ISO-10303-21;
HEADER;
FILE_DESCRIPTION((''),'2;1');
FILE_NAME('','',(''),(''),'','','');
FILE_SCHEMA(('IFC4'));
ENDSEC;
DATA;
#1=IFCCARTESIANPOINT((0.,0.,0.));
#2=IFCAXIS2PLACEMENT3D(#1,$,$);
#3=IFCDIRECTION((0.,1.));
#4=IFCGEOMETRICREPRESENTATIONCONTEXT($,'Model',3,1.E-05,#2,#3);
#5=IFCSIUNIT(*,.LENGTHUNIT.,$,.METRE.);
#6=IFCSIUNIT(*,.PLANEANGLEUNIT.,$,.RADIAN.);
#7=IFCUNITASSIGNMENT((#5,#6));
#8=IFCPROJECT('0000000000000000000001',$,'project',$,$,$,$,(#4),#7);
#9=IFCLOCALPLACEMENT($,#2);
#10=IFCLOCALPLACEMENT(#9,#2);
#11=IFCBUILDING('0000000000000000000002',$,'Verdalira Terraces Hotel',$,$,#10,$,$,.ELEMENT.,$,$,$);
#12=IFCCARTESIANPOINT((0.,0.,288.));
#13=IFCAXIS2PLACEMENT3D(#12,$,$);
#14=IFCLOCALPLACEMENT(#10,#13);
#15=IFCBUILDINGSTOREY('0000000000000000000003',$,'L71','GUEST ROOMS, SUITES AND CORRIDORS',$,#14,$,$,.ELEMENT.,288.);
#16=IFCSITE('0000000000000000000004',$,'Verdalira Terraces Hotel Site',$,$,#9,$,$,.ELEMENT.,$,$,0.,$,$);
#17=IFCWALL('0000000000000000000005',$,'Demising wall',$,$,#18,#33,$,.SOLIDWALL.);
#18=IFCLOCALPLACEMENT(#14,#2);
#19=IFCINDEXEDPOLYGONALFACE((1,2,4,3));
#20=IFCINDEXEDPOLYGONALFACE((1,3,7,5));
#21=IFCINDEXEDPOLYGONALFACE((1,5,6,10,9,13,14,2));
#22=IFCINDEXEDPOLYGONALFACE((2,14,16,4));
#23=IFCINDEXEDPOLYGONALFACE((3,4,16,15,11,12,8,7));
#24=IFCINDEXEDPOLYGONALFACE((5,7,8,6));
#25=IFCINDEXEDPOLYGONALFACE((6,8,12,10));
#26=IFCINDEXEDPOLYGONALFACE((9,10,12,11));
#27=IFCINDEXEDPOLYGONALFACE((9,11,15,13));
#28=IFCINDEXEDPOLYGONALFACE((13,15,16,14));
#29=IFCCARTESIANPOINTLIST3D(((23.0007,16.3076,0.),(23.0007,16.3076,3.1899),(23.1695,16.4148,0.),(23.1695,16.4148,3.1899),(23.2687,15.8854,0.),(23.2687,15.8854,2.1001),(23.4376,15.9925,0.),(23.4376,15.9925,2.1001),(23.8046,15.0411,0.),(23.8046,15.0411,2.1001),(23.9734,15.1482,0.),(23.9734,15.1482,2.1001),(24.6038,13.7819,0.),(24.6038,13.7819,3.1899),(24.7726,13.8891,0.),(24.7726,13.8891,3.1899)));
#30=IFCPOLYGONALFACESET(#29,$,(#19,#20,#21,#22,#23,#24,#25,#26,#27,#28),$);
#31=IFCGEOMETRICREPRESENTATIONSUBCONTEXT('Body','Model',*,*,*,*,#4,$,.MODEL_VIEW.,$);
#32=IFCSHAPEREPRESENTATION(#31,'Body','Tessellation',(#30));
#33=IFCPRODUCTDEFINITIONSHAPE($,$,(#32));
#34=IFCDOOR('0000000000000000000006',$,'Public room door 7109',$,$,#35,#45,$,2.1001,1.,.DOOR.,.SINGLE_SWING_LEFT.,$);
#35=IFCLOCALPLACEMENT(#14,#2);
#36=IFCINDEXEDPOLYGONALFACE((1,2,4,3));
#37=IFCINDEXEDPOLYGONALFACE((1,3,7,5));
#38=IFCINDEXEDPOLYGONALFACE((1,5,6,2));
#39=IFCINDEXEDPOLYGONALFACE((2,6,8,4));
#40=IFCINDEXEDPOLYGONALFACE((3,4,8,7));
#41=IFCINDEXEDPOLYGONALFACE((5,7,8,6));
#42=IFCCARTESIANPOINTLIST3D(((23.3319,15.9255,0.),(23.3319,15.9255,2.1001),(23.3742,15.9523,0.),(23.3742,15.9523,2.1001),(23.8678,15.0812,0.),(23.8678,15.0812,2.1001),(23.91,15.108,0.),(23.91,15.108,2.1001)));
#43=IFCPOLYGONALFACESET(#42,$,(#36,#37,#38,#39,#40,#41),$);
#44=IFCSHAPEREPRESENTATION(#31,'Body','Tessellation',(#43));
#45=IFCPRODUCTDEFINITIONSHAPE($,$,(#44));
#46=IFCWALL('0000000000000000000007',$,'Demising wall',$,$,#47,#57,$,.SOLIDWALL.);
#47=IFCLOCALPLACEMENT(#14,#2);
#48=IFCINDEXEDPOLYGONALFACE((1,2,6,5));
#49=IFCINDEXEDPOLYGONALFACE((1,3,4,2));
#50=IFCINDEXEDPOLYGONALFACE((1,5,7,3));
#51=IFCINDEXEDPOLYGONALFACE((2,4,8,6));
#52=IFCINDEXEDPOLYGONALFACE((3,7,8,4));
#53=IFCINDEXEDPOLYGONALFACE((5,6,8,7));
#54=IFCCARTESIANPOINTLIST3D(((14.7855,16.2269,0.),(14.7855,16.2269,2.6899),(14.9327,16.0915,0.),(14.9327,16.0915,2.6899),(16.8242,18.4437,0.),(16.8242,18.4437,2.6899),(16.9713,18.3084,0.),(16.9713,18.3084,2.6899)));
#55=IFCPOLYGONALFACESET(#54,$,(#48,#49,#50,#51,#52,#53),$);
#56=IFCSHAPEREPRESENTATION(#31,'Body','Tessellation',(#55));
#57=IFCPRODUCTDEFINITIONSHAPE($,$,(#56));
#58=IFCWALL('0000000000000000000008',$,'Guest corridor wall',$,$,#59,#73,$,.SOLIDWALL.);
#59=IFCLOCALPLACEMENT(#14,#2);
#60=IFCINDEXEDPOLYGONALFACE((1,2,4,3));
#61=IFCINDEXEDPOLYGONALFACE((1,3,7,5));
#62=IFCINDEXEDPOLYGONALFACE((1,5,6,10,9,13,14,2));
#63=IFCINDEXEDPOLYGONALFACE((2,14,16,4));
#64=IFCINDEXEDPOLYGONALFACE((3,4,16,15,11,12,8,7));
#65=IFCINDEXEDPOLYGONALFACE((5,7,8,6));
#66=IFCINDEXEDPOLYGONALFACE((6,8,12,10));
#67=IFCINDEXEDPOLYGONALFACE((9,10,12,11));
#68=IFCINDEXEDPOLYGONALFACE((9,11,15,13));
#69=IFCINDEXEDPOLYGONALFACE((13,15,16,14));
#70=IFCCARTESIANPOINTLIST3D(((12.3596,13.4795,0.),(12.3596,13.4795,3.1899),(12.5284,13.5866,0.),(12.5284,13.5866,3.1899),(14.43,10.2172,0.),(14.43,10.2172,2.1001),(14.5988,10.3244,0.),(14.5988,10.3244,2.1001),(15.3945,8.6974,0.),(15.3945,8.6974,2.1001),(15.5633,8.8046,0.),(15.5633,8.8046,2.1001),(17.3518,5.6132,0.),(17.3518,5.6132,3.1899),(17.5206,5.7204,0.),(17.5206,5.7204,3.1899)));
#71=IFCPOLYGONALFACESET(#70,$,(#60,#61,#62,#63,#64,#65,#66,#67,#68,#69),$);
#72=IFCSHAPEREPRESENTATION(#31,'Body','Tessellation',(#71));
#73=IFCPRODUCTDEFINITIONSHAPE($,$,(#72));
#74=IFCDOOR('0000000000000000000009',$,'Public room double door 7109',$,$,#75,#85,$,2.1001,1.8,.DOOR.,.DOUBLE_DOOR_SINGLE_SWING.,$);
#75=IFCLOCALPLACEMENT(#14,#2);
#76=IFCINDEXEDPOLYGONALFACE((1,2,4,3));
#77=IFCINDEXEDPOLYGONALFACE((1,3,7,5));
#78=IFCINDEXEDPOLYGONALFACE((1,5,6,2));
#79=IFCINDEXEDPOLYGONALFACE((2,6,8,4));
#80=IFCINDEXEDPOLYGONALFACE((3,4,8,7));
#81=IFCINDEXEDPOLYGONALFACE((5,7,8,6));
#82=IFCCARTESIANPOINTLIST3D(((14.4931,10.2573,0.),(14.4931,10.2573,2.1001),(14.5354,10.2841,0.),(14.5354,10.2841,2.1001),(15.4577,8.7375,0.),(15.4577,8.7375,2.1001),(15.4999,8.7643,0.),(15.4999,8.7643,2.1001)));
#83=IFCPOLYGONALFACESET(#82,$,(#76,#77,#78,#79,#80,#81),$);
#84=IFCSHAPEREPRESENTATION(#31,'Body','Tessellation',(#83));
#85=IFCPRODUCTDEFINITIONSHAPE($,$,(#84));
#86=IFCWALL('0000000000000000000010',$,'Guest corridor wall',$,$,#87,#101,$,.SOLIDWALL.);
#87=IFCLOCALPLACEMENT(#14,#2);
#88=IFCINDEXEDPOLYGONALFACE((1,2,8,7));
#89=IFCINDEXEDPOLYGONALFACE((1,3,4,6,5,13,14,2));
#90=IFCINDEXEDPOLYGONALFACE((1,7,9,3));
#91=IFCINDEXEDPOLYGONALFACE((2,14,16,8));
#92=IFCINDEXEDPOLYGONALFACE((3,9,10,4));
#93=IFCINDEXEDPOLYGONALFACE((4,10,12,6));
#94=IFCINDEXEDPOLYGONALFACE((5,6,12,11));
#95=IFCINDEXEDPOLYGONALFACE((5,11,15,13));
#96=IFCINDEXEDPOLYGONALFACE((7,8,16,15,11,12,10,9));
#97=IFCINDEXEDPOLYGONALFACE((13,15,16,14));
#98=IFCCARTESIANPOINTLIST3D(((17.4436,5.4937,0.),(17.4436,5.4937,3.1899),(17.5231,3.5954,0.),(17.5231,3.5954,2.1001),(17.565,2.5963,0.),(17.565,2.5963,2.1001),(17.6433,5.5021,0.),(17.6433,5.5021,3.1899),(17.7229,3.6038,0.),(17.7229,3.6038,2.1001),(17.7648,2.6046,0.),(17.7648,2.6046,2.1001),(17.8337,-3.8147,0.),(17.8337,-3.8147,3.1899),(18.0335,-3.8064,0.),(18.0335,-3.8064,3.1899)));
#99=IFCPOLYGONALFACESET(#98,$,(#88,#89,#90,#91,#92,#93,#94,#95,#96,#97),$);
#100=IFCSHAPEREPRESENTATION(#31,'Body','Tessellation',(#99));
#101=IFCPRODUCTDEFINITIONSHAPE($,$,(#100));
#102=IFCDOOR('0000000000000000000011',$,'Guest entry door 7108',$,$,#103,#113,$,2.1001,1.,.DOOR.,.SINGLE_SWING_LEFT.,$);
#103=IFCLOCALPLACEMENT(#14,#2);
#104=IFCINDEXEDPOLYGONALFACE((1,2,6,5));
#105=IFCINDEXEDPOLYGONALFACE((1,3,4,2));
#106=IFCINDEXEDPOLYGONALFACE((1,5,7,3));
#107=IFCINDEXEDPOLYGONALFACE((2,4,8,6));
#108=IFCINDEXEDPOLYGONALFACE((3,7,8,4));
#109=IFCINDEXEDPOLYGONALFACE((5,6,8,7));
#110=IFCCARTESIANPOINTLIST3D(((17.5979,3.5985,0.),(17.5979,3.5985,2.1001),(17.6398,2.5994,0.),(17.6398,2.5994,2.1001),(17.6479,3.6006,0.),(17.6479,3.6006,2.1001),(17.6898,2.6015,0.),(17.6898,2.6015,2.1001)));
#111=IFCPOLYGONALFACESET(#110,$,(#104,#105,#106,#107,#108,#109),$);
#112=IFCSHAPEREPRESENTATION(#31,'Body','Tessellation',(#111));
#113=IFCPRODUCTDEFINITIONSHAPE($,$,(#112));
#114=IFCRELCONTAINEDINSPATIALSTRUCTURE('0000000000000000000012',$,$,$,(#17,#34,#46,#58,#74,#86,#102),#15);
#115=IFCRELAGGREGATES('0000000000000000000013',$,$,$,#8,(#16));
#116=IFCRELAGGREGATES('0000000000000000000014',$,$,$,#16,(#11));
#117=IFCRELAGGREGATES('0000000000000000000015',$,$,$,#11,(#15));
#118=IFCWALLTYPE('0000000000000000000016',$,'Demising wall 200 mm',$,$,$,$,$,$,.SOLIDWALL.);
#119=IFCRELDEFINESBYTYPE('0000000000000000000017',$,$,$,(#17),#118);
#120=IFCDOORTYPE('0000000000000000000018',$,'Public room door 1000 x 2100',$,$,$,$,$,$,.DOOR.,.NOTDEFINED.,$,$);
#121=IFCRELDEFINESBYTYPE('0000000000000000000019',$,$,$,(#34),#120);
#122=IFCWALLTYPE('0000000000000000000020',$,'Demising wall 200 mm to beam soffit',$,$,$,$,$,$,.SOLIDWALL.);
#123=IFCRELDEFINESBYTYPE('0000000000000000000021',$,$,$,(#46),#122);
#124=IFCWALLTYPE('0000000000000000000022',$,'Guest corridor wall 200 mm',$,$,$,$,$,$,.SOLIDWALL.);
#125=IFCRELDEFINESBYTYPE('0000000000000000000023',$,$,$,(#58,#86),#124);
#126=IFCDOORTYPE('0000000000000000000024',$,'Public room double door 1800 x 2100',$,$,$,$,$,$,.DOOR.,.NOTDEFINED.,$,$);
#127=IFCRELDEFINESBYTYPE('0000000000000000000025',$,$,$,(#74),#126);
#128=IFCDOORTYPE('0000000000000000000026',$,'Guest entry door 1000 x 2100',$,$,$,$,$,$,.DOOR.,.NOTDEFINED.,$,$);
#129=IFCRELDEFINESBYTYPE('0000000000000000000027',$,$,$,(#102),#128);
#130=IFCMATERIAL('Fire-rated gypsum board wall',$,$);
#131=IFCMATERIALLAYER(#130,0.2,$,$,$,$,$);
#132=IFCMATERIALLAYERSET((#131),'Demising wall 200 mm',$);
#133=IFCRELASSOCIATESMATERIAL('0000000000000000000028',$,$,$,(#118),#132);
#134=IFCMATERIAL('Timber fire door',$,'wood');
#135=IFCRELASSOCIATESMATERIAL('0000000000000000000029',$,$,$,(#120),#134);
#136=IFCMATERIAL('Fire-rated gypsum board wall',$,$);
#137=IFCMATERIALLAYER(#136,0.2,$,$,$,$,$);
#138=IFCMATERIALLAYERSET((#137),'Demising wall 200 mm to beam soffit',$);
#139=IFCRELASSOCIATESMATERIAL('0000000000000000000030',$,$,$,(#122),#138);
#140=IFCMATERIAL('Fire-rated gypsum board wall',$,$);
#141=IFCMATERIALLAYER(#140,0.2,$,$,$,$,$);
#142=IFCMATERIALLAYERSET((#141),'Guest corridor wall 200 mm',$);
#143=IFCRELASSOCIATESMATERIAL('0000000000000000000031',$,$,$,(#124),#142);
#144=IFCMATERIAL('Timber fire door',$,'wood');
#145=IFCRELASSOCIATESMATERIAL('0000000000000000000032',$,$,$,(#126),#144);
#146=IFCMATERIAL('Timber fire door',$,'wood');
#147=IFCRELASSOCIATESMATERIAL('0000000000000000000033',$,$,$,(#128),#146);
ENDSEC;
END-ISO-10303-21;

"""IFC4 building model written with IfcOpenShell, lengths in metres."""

from ifc_helpers import new_model, si_unit, direction, frame, frame_2d, origin, place, context, subcontext, project, spatial, rectangle, extrude, material, layer, layer_set, type_object, element, fill, save


model = new_model("IFC4")

# Units and contexts
model_context = context("Model", 3, precision=1e-05, world=origin(), true_north=direction((0.0, 1.0)))
body_context = subcontext(model_context, "Body", "Model", "MODEL_VIEW")
ifc_project = project(units=[si_unit("LENGTHUNIT", "METRE"), si_unit("PLANEANGLEUNIT", "RADIAN")], contexts=[model_context])

# Site, building, storey
site_placement = place(None, origin())
site = spatial("IfcSite", under=ifc_project, at=site_placement, Name="Verdalira Terraces Hotel Site", CompositionType="ELEMENT", RefElevation=0.0)
building_placement = place(site_placement, origin())
building = spatial("IfcBuilding", under=site, at=building_placement, Name="Verdalira Terraces Hotel", CompositionType="ELEMENT")
storey_placement = place(building_placement, frame((0.0, 0.0, 288.0)))
storey = spatial("IfcBuildingStorey", under=building, at=storey_placement, Name="L71", Description="GUEST ROOMS, SUITES AND CORRIDORS", CompositionType="ELEMENT", Elevation=288.0)

# Shared definitions
ifc_material_1 = material(Name="Fire-rated gypsum board wall")
ifc_layer_1 = layer(ifc_material_1, 0.2)
ifc_layer_set_1 = layer_set([ifc_layer_1], Name="Demising wall 200 mm")
wall_type_1 = type_object("IfcWallType", Name="Demising wall 200 mm", PredefinedType="SOLIDWALL", material=ifc_layer_set_1)

# Wall, opening, door
ifc_material_2 = material(Name="Timber fire door", Category="wood")
door_type_1 = type_object("IfcDoorType", Name="Public room door 1000 x 2100", OperationType="NOTDEFINED", PredefinedType="DOOR", material=ifc_material_2)
wall_1_placement = place(storey_placement, frame((23.0852, 16.3611, 0.0), z_axis=(0.0, 0.0, 1.0), x_axis=(0.535877, -0.844296, 0.0)))
wall_1 = element("IfcWall", 1, at=wall_1_placement, inside=storey, type_object=wall_type_1, Name="Demising wall", PredefinedType="SOLIDWALL", context=body_context, shape_type="SweptSolid", body=[
    extrude(rectangle(XDim=2.9915, YDim=0.2, at=frame_2d((1.4956, 0.0))), origin(), (0.0, 0.0, 1.0), 3.1899),
])
opening_1_placement = place(wall_1_placement, frame((0.5, 0.0, 0.0)))
opening_1 = element("IfcOpeningElement", 2, at=opening_1_placement, cuts=wall_1, PredefinedType="OPENING", context=body_context, shape_type="SweptSolid", body=[
    extrude(rectangle(XDim=1.0, YDim=2.1001, at=frame_2d((0.5, 1.05))), frame((0.0, 0.1099, 0.0), z_axis=(0.0, -1.0, 0.0), x_axis=(1.0, 0.0, 0.0)), (0.0, 0.0, 1.0), 0.22),
])
door_1_placement = place(opening_1_placement, origin())
door_1 = element("IfcDoor", 3, at=door_1_placement, inside=storey, type_object=door_type_1, Name="Public room door 7109", OperationType="SINGLE_SWING_LEFT", OverallHeight=2.1001, OverallWidth=1.0, PredefinedType="DOOR", context=body_context, shape_type="SweptSolid", body=[
    extrude(rectangle(XDim=1.0, YDim=2.1001, at=frame_2d((0.5, 1.05))), frame((0.0, 0.0249, 0.0), z_axis=(0.0, -1.0, 0.0), x_axis=(1.0, 0.0, 0.0)), (0.0, 0.0, 1.0), 0.05),
])
fill(opening_1, door_1)

# Wall
ifc_material_3 = material(Name="Fire-rated gypsum board wall")
ifc_layer_2 = layer(ifc_material_3, 0.2)
ifc_layer_set_2 = layer_set([ifc_layer_2], Name="Demising wall 200 mm to beam soffit")
wall_type_2 = type_object("IfcWallType", Name="Demising wall 200 mm to beam soffit", PredefinedType="SOLIDWALL", material=ifc_layer_set_2)
wall_2_placement = place(storey_placement, frame((14.8591, 16.1592, 0.0), z_axis=(0.0, 0.0, 1.0), x_axis=(0.676898, 0.736076, 0.0)))
element("IfcWall", 4, at=wall_2_placement, inside=storey, type_object=wall_type_2, Name="Demising wall", PredefinedType="SOLIDWALL", context=body_context, shape_type="SweptSolid", body=[
    extrude(rectangle(XDim=3.0117, YDim=0.2, at=frame_2d((1.5059, 0.0))), origin(), (0.0, 0.0, 1.0), 2.6899),
])

# Walls, openings, doors
ifc_material_4 = material(Name="Fire-rated gypsum board wall")
ifc_layer_3 = layer(ifc_material_4, 0.2)
ifc_layer_set_3 = layer_set([ifc_layer_3], Name="Guest corridor wall 200 mm")
wall_type_3 = type_object("IfcWallType", Name="Guest corridor wall 200 mm", PredefinedType="SOLIDWALL", material=ifc_layer_set_3)
wall_3_placement = place(storey_placement, frame((12.4441, 13.533, 0.0), z_axis=(0.0, 0.0, 1.0), x_axis=(0.535837, -0.844321, 0.0)))
wall_3 = element("IfcWall", 5, at=wall_3_placement, inside=storey, type_object=wall_type_3, Name="Guest corridor wall", PredefinedType="SOLIDWALL", context=body_context, shape_type="SweptSolid", body=[
    extrude(rectangle(XDim=9.3166, YDim=0.2, at=frame_2d((4.6582, 0.0))), origin(), (0.0, 0.0, 1.0), 3.1899),
])
opening_2_placement = place(wall_3_placement, frame((3.8638, 0.0, 0.0)))
opening_2 = element("IfcOpeningElement", 6, at=opening_2_placement, cuts=wall_3, PredefinedType="OPENING", context=body_context, shape_type="SweptSolid", body=[
    extrude(rectangle(XDim=1.8, YDim=2.1001, at=frame_2d((0.8999, 1.05))), frame((0.0, 0.1099, 0.0), z_axis=(0.0, -1.0, 0.0), x_axis=(1.0, 0.0, 0.0)), (0.0, 0.0, 1.0), 0.22),
])
ifc_material_5 = material(Name="Timber fire door", Category="wood")
door_type_2 = type_object("IfcDoorType", Name="Public room double door 1800 x 2100", OperationType="NOTDEFINED", PredefinedType="DOOR", material=ifc_material_5)
door_2_placement = place(opening_2_placement, origin())
door_2 = element("IfcDoor", 7, at=door_2_placement, inside=storey, type_object=door_type_2, Name="Public room double door 7109", OperationType="DOUBLE_DOOR_SINGLE_SWING", OverallHeight=2.1001, OverallWidth=1.8, PredefinedType="DOOR", context=body_context, shape_type="SweptSolid", body=[
    extrude(rectangle(XDim=1.8, YDim=2.1001, at=frame_2d((0.8999, 1.05))), frame((0.0, 0.0249, 0.0), z_axis=(0.0, -1.0, 0.0), x_axis=(1.0, 0.0, 0.0)), (0.0, 0.0, 1.0), 0.05),
])
fill(opening_2, door_2)
wall_4_placement = place(storey_placement, frame((17.5435, 5.4978, 0.0), z_axis=(0.0, 0.0, 1.0), x_axis=(0.041875, -0.999123, 0.0)))
wall_4 = element("IfcWall", 8, at=wall_4_placement, inside=storey, type_object=wall_type_3, Name="Guest corridor wall", PredefinedType="SOLIDWALL", context=body_context, shape_type="SweptSolid", body=[
    extrude(rectangle(XDim=9.3166, YDim=0.2, at=frame_2d((4.6582, 0.0))), origin(), (0.0, 0.0, 1.0), 3.1899),
])
opening_3_placement = place(wall_4_placement, frame((1.8999, 0.0, 0.0)))
opening_3 = element("IfcOpeningElement", 9, at=opening_3_placement, cuts=wall_4, PredefinedType="OPENING", context=body_context, shape_type="SweptSolid", body=[
    extrude(rectangle(XDim=1.0, YDim=2.1001, at=frame_2d((0.5, 1.05))), frame((0.0, 0.1099, 0.0), z_axis=(0.0, -1.0, 0.0), x_axis=(1.0, 0.0, 0.0)), (0.0, 0.0, 1.0), 0.22),
])
ifc_material_6 = material(Name="Timber fire door", Category="wood")
door_type_3 = type_object("IfcDoorType", Name="Guest entry door 1000 x 2100", OperationType="NOTDEFINED", PredefinedType="DOOR", material=ifc_material_6)
door_3_placement = place(opening_3_placement, origin())
door_3 = element("IfcDoor", 10, at=door_3_placement, inside=storey, type_object=door_type_3, Name="Guest entry door 7108", OperationType="SINGLE_SWING_LEFT", OverallHeight=2.1001, OverallWidth=1.0, PredefinedType="DOOR", context=body_context, shape_type="SweptSolid", body=[
    extrude(rectangle(XDim=1.0, YDim=2.1001, at=frame_2d((0.5, 1.05))), frame((0.0, 0.0249, 0.0), z_axis=(0.0, -1.0, 0.0), x_axis=(1.0, 0.0, 0.0)), (0.0, 0.0, 1.0), 0.05),
])
fill(opening_3, door_3)

save(model, "model.ifc")
